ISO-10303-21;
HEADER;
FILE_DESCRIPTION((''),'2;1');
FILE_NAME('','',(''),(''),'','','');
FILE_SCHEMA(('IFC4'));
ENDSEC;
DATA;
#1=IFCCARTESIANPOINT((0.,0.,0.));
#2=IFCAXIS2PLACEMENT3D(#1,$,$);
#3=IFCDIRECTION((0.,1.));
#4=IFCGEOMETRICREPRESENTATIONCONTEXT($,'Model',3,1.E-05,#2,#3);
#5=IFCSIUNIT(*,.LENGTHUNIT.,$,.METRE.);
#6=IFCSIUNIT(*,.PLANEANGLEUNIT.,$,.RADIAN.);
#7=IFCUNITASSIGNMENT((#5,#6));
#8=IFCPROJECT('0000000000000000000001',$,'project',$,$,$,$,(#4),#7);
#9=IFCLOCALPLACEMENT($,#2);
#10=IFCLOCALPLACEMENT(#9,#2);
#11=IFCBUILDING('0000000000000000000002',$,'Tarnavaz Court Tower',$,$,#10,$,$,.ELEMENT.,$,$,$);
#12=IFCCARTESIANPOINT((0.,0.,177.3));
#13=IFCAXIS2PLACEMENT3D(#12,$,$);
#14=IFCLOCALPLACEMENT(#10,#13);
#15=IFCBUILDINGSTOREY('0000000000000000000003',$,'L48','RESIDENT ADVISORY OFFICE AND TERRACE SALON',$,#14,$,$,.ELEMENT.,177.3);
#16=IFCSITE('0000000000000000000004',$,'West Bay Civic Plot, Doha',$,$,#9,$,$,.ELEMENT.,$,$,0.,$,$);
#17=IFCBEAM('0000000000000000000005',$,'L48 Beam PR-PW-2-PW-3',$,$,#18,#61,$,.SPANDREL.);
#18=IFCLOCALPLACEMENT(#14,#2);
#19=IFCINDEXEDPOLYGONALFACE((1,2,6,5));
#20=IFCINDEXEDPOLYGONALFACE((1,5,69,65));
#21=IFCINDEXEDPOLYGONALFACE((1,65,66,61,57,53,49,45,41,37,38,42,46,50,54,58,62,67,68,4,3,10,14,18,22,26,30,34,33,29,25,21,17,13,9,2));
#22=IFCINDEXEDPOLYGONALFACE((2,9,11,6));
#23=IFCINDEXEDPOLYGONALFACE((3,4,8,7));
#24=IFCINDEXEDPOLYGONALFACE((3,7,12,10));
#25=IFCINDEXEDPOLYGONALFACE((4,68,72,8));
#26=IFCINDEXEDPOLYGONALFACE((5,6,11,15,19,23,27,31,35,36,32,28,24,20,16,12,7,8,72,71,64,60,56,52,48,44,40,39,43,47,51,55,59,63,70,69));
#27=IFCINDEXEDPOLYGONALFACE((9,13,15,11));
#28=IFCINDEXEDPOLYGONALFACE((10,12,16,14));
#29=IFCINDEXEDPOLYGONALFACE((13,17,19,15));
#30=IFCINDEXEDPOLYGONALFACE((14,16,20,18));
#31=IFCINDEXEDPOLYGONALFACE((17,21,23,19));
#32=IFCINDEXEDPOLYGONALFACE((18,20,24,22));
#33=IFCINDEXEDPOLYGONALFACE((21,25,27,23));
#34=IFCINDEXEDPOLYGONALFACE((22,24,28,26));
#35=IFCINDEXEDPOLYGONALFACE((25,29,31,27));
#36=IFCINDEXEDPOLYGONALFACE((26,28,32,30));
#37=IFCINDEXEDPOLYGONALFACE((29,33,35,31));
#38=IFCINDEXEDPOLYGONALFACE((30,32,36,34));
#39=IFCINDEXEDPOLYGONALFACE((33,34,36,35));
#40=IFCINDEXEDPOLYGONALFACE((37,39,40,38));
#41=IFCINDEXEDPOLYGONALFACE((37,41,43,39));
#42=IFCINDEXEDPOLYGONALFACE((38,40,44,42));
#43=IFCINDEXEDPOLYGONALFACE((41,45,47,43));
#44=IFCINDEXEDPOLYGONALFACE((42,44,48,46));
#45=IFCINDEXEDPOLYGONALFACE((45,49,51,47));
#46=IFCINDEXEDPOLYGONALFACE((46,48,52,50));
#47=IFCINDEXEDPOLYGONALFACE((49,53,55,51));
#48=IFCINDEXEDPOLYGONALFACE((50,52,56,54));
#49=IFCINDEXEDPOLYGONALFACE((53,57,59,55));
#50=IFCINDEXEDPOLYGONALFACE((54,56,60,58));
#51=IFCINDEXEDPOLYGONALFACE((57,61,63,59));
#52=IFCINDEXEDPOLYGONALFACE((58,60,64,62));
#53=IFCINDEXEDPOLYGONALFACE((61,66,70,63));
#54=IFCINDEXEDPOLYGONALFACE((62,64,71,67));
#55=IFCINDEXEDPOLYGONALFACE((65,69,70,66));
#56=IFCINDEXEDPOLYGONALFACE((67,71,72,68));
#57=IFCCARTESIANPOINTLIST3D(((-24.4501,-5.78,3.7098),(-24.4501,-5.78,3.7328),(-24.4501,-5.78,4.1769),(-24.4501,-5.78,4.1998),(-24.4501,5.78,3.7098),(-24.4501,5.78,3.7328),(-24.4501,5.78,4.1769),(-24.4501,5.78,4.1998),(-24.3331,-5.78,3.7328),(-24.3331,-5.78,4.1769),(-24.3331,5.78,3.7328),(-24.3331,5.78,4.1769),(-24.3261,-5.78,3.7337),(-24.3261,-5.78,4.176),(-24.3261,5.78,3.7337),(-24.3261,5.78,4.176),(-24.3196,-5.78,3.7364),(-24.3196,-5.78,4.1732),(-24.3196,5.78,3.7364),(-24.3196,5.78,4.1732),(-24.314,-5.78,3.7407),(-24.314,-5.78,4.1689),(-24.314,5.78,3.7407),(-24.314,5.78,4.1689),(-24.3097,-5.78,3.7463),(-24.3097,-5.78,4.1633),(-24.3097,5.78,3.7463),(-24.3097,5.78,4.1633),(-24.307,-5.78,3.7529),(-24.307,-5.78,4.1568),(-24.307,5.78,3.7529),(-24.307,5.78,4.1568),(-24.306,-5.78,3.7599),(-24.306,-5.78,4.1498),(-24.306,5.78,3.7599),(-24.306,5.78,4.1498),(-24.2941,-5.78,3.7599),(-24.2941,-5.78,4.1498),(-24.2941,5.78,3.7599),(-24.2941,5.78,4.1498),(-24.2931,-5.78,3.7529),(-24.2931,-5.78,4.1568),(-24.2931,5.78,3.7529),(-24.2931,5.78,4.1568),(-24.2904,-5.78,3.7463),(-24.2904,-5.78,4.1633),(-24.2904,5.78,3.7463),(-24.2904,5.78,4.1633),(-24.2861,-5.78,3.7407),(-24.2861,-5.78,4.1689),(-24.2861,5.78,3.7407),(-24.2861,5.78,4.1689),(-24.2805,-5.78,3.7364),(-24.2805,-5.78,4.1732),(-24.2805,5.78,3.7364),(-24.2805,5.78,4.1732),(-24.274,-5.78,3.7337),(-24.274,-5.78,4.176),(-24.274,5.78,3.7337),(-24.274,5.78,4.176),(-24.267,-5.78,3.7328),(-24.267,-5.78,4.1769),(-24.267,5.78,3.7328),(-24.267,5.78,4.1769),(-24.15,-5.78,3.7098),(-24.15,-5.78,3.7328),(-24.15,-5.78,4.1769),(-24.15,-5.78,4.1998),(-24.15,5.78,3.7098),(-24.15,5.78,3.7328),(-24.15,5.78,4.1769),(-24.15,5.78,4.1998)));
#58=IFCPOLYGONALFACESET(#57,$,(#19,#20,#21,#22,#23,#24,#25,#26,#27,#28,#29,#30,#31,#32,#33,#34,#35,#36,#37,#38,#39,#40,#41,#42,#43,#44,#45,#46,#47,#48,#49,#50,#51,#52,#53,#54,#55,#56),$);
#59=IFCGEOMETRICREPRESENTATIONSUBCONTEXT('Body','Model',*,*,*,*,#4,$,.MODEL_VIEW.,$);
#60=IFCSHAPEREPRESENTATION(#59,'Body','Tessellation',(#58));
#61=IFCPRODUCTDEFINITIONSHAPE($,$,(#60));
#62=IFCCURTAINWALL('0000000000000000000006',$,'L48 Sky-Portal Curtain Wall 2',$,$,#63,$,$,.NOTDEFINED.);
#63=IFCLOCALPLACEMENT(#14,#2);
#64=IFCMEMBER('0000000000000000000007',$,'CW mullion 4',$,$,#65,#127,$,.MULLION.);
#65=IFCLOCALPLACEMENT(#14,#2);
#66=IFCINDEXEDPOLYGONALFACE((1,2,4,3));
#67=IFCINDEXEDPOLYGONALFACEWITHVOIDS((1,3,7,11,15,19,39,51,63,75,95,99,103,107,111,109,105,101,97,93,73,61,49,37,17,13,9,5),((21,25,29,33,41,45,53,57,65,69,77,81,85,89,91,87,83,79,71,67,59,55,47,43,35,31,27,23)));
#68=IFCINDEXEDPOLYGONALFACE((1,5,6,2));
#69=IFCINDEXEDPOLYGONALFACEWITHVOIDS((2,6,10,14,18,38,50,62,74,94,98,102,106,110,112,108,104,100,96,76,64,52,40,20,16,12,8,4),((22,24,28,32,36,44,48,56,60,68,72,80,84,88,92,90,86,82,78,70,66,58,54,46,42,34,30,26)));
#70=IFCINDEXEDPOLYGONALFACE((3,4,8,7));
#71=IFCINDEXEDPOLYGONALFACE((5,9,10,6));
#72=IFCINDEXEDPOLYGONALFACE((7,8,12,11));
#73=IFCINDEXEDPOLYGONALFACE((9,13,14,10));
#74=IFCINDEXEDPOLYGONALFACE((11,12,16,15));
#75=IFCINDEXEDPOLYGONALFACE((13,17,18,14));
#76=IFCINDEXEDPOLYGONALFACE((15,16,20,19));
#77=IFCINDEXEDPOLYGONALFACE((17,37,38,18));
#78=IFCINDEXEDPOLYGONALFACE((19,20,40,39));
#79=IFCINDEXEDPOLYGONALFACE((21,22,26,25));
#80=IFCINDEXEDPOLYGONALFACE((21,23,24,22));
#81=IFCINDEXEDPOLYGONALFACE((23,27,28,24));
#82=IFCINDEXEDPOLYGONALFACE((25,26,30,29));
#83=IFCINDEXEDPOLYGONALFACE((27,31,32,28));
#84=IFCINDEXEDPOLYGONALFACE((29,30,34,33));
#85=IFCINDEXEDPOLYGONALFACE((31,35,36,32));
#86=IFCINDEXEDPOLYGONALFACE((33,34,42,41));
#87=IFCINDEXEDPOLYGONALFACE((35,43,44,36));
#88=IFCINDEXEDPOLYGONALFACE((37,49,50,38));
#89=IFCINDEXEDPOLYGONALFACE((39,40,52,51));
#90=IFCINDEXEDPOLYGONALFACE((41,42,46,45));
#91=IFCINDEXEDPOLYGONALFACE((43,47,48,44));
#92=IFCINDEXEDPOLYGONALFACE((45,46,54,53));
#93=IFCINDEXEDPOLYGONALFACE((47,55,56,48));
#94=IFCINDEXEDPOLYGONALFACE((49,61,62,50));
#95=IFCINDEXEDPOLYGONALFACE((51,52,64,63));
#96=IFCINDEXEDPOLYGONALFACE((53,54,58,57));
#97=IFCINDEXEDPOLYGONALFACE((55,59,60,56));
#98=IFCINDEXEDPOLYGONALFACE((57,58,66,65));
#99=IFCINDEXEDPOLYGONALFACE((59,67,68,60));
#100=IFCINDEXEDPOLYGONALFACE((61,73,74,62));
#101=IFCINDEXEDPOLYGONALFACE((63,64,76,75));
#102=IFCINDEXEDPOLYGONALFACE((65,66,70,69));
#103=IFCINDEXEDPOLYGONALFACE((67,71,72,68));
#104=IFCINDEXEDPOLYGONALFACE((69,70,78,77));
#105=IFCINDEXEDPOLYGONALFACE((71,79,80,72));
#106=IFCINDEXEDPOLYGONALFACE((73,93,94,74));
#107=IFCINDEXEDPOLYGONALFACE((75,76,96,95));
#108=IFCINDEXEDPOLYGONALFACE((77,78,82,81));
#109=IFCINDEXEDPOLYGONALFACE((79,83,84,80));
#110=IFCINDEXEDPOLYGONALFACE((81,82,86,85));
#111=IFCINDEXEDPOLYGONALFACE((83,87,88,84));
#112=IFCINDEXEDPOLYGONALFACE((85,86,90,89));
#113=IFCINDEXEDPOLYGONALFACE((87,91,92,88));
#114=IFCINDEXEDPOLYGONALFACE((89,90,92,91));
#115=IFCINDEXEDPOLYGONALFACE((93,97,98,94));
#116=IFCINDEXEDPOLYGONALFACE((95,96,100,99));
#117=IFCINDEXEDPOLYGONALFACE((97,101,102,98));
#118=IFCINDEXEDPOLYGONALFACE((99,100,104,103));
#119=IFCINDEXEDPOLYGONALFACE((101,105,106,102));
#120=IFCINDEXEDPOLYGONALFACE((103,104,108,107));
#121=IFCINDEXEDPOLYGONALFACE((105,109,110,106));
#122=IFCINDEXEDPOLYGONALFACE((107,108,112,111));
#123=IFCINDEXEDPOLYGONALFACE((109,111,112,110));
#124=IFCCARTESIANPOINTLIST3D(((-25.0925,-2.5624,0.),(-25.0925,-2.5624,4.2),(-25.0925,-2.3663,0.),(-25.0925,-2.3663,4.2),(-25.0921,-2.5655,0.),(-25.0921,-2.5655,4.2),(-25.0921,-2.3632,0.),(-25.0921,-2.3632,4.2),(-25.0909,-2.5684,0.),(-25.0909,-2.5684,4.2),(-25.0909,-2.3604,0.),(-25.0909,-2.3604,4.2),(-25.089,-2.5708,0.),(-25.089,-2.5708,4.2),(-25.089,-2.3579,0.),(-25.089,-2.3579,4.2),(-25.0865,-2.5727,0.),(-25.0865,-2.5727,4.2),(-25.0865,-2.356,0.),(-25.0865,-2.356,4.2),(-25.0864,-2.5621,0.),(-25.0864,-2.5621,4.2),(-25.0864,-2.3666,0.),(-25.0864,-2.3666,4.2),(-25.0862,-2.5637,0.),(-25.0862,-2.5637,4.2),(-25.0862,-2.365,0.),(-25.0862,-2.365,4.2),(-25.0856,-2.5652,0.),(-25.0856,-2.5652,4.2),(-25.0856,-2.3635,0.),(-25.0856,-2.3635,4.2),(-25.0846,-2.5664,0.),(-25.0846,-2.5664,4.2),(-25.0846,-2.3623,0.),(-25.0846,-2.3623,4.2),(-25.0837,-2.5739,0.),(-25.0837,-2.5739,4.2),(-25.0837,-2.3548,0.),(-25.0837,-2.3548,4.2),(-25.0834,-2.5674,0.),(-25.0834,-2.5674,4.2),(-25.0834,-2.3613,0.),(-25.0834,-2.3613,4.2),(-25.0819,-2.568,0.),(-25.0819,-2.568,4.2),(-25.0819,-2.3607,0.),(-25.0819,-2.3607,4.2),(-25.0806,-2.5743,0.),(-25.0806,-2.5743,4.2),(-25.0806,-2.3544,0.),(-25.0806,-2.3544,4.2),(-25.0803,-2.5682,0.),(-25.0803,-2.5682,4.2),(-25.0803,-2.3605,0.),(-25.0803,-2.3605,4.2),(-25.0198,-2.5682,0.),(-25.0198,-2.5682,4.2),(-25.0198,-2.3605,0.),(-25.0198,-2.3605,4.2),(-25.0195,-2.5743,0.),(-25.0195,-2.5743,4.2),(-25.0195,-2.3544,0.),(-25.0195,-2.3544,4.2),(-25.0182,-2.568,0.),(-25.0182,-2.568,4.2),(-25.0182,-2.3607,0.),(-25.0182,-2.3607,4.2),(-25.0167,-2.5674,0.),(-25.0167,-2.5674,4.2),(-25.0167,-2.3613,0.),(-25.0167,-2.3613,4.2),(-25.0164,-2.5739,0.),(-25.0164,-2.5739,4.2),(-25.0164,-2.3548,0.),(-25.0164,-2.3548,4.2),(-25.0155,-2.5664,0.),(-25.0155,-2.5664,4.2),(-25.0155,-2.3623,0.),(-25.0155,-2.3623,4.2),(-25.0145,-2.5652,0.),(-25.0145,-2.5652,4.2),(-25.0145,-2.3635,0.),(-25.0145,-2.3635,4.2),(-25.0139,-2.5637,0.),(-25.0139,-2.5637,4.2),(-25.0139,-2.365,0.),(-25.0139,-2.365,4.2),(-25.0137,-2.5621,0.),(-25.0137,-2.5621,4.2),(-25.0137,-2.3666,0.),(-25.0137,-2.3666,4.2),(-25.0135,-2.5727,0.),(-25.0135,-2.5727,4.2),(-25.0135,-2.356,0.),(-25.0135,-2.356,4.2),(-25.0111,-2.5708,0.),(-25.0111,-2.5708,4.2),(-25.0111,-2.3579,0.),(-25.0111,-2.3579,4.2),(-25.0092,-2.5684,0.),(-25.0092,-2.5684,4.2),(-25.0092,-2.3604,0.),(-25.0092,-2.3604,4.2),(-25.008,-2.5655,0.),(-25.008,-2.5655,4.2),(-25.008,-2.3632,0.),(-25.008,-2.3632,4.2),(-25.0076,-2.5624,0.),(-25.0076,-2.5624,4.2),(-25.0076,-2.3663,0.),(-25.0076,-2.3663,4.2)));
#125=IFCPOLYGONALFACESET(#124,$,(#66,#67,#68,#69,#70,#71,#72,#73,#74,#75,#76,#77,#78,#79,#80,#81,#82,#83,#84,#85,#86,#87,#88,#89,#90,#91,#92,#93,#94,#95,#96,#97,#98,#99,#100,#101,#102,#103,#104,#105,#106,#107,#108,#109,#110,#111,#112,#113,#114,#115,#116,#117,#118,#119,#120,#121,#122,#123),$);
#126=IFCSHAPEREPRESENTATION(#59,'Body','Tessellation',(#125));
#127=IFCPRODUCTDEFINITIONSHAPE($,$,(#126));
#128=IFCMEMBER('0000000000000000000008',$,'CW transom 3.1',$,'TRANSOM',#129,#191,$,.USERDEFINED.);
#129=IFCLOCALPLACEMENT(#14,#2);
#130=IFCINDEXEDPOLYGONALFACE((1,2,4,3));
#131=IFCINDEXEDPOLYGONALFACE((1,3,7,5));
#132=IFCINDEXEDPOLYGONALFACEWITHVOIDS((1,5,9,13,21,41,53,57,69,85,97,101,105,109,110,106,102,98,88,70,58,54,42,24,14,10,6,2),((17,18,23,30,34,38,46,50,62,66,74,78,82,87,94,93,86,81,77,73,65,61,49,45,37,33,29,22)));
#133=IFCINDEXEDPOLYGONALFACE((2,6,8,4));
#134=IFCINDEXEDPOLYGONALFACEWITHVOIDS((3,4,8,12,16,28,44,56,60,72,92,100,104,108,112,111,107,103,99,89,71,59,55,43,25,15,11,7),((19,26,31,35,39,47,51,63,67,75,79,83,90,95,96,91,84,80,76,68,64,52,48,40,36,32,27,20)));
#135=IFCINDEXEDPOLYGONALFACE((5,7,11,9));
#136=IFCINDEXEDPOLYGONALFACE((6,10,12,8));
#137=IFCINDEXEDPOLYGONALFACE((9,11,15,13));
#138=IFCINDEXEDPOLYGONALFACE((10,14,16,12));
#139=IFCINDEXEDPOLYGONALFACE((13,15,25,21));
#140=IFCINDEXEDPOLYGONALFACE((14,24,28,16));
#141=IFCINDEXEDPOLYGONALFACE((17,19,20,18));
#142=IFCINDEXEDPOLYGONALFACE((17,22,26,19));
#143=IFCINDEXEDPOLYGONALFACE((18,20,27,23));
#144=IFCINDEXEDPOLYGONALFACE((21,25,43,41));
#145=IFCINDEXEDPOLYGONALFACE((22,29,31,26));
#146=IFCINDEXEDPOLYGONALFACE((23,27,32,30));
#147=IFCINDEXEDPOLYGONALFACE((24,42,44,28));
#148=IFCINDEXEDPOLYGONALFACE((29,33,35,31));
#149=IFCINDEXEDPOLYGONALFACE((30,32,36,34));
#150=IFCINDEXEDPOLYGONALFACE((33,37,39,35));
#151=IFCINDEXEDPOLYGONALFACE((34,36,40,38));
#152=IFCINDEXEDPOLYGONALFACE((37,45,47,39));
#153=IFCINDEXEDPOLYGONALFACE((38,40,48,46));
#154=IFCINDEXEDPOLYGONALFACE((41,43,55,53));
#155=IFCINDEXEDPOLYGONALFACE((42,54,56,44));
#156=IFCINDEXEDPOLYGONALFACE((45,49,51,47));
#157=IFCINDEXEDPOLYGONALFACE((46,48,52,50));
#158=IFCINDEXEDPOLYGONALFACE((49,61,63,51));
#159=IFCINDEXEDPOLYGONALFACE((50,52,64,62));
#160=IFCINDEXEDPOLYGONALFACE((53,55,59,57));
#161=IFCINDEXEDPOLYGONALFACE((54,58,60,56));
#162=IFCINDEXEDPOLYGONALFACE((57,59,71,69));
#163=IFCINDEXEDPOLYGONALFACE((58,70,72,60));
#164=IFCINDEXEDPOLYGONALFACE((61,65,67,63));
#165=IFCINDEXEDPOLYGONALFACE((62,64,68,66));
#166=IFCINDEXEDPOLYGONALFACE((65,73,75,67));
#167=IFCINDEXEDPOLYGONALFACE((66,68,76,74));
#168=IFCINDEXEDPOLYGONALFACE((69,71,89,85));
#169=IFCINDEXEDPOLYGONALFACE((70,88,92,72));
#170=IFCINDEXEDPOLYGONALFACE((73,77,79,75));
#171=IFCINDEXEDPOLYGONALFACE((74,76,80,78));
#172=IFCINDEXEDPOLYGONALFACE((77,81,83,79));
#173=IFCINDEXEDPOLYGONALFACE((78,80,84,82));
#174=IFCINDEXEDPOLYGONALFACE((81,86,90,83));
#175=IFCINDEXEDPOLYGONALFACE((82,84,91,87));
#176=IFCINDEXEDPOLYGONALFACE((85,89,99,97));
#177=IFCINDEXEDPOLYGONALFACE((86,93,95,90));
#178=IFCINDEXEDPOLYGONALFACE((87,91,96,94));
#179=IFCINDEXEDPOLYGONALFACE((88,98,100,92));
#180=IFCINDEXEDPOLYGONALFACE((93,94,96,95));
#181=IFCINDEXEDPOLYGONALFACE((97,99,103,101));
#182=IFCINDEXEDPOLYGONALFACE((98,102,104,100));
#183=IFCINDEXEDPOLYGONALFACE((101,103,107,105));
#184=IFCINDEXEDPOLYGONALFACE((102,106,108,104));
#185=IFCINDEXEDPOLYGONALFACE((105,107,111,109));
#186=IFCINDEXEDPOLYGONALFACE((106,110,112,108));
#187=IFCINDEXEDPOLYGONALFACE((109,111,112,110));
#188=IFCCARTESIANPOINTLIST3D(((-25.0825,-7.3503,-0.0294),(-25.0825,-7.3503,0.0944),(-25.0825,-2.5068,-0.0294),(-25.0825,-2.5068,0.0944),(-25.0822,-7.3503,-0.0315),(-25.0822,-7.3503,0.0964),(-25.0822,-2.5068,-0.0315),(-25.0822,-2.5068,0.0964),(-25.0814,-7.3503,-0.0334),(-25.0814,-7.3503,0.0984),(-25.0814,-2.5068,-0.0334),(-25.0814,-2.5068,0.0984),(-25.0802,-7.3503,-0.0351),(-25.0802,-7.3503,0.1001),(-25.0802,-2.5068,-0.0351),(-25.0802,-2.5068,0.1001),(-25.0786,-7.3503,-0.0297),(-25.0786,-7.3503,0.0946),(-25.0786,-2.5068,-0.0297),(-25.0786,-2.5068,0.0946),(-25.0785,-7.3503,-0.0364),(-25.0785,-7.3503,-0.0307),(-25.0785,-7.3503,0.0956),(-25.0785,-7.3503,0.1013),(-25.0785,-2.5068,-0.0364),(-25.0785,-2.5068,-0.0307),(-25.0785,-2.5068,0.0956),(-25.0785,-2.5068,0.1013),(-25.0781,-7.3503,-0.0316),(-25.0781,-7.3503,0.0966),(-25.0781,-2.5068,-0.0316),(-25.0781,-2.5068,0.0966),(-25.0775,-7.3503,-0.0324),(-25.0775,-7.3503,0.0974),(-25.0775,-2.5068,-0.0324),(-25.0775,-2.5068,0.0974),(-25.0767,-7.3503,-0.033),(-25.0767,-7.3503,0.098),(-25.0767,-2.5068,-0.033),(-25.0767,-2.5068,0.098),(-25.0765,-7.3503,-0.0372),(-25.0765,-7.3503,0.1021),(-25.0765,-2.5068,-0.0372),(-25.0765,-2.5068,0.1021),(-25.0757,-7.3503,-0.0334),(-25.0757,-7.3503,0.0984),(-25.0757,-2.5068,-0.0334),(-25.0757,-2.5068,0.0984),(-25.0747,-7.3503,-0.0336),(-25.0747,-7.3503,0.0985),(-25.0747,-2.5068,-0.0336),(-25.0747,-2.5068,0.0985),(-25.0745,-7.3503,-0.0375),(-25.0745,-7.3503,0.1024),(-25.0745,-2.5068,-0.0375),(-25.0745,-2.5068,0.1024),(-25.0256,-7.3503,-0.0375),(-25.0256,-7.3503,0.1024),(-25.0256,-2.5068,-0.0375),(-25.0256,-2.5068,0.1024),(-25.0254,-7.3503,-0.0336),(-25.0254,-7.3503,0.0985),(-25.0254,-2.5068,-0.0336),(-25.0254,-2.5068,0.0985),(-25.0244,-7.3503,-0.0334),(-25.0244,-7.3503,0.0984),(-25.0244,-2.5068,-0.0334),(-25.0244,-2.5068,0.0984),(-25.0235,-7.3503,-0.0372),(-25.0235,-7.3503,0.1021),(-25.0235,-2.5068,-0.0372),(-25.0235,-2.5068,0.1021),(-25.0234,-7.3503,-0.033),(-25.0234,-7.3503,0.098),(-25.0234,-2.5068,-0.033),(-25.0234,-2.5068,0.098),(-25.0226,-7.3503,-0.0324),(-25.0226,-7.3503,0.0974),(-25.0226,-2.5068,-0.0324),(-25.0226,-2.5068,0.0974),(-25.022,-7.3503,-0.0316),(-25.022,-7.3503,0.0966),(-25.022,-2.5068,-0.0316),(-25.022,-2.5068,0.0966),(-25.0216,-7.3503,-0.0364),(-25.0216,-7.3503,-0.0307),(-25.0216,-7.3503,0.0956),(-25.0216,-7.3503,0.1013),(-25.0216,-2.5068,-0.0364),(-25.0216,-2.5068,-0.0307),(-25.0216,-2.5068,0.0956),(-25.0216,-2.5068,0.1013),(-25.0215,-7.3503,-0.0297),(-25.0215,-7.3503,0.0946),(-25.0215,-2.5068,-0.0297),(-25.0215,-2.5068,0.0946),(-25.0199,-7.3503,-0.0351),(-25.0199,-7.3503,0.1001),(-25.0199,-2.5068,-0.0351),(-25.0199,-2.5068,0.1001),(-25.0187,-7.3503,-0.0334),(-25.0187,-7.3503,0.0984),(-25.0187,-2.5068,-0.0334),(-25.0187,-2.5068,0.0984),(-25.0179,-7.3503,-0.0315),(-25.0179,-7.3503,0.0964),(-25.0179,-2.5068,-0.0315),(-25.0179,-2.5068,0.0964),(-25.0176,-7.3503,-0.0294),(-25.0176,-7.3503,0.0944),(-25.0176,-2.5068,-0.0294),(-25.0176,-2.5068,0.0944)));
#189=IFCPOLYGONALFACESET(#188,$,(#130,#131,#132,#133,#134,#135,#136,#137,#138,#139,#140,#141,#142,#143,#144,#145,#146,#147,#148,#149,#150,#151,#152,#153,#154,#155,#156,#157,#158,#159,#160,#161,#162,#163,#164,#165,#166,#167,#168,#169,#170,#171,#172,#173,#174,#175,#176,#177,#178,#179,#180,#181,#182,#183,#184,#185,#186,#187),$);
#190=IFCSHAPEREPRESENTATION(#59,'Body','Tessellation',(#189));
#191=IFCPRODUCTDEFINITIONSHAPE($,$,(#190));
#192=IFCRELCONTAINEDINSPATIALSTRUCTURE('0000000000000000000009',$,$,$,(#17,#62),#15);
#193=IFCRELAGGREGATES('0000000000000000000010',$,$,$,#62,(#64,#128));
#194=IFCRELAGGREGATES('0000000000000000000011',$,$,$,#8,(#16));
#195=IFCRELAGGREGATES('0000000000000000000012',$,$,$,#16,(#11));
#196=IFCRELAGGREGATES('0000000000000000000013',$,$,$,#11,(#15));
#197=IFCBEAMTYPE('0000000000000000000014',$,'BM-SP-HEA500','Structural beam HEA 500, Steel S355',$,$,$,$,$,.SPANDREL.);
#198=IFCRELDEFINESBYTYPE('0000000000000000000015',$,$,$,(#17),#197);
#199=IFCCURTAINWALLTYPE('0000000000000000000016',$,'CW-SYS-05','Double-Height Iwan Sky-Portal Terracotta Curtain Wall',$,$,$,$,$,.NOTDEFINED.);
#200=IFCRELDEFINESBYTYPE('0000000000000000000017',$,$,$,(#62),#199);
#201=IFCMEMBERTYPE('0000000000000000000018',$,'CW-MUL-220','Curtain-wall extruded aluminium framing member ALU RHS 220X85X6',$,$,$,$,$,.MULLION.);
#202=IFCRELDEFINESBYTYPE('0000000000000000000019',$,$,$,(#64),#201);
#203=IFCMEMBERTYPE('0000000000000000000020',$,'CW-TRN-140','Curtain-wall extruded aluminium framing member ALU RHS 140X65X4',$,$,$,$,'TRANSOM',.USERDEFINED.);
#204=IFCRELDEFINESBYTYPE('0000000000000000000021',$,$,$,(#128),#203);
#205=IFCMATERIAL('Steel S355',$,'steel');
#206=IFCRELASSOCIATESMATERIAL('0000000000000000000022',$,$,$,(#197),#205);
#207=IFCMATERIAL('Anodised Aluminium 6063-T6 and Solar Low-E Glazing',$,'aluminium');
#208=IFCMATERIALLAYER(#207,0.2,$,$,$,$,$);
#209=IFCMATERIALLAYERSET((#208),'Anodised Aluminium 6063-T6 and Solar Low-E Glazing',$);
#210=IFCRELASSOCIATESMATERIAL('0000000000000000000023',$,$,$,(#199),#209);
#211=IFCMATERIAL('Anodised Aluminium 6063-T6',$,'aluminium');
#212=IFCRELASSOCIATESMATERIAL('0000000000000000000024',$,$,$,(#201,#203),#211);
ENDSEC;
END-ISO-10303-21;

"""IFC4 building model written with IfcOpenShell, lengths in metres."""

from ifc_helpers import new_model, si_unit, direction, frame, origin, origin_2d, place, context, subcontext, project, spatial, hollow_rectangle, i_section, extrude, material, layer, layer_set, material_profile, profile_set, type_object, element, aggregate, save


model = new_model("IFC4")

# Units and contexts
model_context = context("Model", 3, precision=1e-05, world=origin(), true_north=direction((0.0, 1.0)))
body_context = subcontext(model_context, "Body", "Model", "MODEL_VIEW")
ifc_project = project(units=[si_unit("LENGTHUNIT", "METRE"), si_unit("PLANEANGLEUNIT", "RADIAN")], contexts=[model_context])

# Site, building, storey
site_placement = place(None, origin())
site = spatial("IfcSite", under=ifc_project, at=site_placement, Name="West Bay Civic Plot, Doha", CompositionType="ELEMENT", RefElevation=0.0)
building_placement = place(site_placement, origin())
building = spatial("IfcBuilding", under=site, at=building_placement, Name="Tarnavaz Court Tower", CompositionType="ELEMENT")
storey_placement = place(building_placement, frame((0.0, 0.0, 177.3)))
storey = spatial("IfcBuildingStorey", under=building, at=storey_placement, Name="L48", Description="RESIDENT ADVISORY OFFICE AND TERRACE SALON", CompositionType="ELEMENT", Elevation=177.3)

# Beam
ifc_material_1 = material(Name="Steel S355", Category="steel")
ifc_material_profile_1 = material_profile(ifc_material_1, i_section(OverallWidth=0.3, OverallDepth=0.49, WebThickness=0.012, FlangeThickness=0.0229, FilletRadius=0.0271, at=origin_2d()), Name="HEA 500")
ifc_profile_set_1 = profile_set([ifc_material_profile_1], Name="Steel S355")
beam_type_1 = type_object("IfcBeamType", Name="BM-SP-HEA500", Description="Structural beam HEA 500, Steel S355", PredefinedType="SPANDREL", material=ifc_profile_set_1)
beam_1_placement = place(storey_placement, frame((-24.3, -5.78, 3.9548), z_axis=(0.0, 1.0, 0.0), x_axis=(-1.0, 0.0, 0.0)))
element("IfcBeam", 1, at=beam_1_placement, inside=storey, type_object=beam_type_1, Name="L48 Beam PR-PW-2-PW-3", PredefinedType="SPANDREL", context=body_context, shape_type="SweptSolid", body=[
    extrude(i_section(OverallWidth=0.3, OverallDepth=0.49, WebThickness=0.012, FlangeThickness=0.0229, FilletRadius=0.0271, at=origin_2d()), origin(), (0.0, 0.0, 1.0), 11.5601),
])

# Curtain wall, members
ifc_material_2 = material(Name="Anodised Aluminium 6063-T6 and Solar Low-E Glazing", Category="aluminium")
ifc_layer_1 = layer(ifc_material_2, 0.2)
ifc_layer_set_1 = layer_set([ifc_layer_1], Name="Anodised Aluminium 6063-T6 and Solar Low-E Glazing")
curtain_wall_type = type_object("IfcCurtainWallType", Name="CW-SYS-05", Description="Double-Height Iwan Sky-Portal Terracotta Curtain Wall", PredefinedType="NOTDEFINED", material=ifc_layer_set_1)
curtain_wall_placement = place(storey_placement, origin())
curtain_wall = element("IfcCurtainWall", 2, at=curtain_wall_placement, inside=storey, type_object=curtain_wall_type, Name="L48 Sky-Portal Curtain Wall 2", PredefinedType="NOTDEFINED")
ifc_material_3 = material(Name="Anodised Aluminium 6063-T6", Category="aluminium")
ifc_material_profile_2 = material_profile(ifc_material_3, hollow_rectangle(XDim=0.085, YDim=0.22, WallThickness=0.0061, InnerFilletRadius=0.0061, OuterFilletRadius=0.012, at=origin_2d()), Name="ALU RHS 220X85X6")
ifc_profile_set_2 = profile_set([ifc_material_profile_2], Name="Anodised Aluminium 6063-T6")
member_type_1 = type_object("IfcMemberType", Name="CW-MUL-220", Description="Curtain-wall extruded aluminium framing member ALU RHS 220X85X6", PredefinedType="MULLION", material=ifc_profile_set_2)
member_1_placement = place(storey_placement, frame((-25.05, -2.4644, 0.0), z_axis=(0.0, 0.0, 1.0), x_axis=(-1.0, 0.0, 0.0)))
member_1 = element("IfcMember", 3, at=member_1_placement, type_object=member_type_1, Name="CW mullion 4", PredefinedType="MULLION", context=body_context, shape_type="SweptSolid", body=[
    extrude(hollow_rectangle(XDim=0.085, YDim=0.22, WallThickness=0.0061, InnerFilletRadius=0.0061, OuterFilletRadius=0.012, at=origin_2d()), origin(), (0.0, 0.0, 1.0), 4.2),
])
ifc_material_profile_3 = material_profile(ifc_material_3, hollow_rectangle(XDim=0.0649, YDim=0.1399, WallThickness=0.0039, InnerFilletRadius=0.0039, OuterFilletRadius=0.0081, at=origin_2d()), Name="ALU RHS 140X65X4")
ifc_profile_set_3 = profile_set([ifc_material_profile_3], Name="Anodised Aluminium 6063-T6")
member_type_2 = type_object("IfcMemberType", Name="CW-TRN-140", Description="Curtain-wall extruded aluminium framing member ALU RHS 140X65X4", ElementType="TRANSOM", PredefinedType="USERDEFINED", material=ifc_profile_set_3)
member_2_placement = place(storey_placement, frame((-25.05, -7.3503, 0.0325), z_axis=(0.0, 1.0, 0.0), x_axis=(-1.0, 0.0, 0.0)))
member_2 = element("IfcMember", 4, at=member_2_placement, type_object=member_type_2, Name="CW transom 3.1", ObjectType="TRANSOM", PredefinedType="USERDEFINED", context=body_context, shape_type="SweptSolid", body=[
    extrude(hollow_rectangle(XDim=0.0649, YDim=0.1399, WallThickness=0.0039, InnerFilletRadius=0.0039, OuterFilletRadius=0.0081, at=origin_2d()), origin(), (0.0, 0.0, 1.0), 4.8435),
])
aggregate(curtain_wall, [member_1, member_2])

save(model, "model.ifc")
